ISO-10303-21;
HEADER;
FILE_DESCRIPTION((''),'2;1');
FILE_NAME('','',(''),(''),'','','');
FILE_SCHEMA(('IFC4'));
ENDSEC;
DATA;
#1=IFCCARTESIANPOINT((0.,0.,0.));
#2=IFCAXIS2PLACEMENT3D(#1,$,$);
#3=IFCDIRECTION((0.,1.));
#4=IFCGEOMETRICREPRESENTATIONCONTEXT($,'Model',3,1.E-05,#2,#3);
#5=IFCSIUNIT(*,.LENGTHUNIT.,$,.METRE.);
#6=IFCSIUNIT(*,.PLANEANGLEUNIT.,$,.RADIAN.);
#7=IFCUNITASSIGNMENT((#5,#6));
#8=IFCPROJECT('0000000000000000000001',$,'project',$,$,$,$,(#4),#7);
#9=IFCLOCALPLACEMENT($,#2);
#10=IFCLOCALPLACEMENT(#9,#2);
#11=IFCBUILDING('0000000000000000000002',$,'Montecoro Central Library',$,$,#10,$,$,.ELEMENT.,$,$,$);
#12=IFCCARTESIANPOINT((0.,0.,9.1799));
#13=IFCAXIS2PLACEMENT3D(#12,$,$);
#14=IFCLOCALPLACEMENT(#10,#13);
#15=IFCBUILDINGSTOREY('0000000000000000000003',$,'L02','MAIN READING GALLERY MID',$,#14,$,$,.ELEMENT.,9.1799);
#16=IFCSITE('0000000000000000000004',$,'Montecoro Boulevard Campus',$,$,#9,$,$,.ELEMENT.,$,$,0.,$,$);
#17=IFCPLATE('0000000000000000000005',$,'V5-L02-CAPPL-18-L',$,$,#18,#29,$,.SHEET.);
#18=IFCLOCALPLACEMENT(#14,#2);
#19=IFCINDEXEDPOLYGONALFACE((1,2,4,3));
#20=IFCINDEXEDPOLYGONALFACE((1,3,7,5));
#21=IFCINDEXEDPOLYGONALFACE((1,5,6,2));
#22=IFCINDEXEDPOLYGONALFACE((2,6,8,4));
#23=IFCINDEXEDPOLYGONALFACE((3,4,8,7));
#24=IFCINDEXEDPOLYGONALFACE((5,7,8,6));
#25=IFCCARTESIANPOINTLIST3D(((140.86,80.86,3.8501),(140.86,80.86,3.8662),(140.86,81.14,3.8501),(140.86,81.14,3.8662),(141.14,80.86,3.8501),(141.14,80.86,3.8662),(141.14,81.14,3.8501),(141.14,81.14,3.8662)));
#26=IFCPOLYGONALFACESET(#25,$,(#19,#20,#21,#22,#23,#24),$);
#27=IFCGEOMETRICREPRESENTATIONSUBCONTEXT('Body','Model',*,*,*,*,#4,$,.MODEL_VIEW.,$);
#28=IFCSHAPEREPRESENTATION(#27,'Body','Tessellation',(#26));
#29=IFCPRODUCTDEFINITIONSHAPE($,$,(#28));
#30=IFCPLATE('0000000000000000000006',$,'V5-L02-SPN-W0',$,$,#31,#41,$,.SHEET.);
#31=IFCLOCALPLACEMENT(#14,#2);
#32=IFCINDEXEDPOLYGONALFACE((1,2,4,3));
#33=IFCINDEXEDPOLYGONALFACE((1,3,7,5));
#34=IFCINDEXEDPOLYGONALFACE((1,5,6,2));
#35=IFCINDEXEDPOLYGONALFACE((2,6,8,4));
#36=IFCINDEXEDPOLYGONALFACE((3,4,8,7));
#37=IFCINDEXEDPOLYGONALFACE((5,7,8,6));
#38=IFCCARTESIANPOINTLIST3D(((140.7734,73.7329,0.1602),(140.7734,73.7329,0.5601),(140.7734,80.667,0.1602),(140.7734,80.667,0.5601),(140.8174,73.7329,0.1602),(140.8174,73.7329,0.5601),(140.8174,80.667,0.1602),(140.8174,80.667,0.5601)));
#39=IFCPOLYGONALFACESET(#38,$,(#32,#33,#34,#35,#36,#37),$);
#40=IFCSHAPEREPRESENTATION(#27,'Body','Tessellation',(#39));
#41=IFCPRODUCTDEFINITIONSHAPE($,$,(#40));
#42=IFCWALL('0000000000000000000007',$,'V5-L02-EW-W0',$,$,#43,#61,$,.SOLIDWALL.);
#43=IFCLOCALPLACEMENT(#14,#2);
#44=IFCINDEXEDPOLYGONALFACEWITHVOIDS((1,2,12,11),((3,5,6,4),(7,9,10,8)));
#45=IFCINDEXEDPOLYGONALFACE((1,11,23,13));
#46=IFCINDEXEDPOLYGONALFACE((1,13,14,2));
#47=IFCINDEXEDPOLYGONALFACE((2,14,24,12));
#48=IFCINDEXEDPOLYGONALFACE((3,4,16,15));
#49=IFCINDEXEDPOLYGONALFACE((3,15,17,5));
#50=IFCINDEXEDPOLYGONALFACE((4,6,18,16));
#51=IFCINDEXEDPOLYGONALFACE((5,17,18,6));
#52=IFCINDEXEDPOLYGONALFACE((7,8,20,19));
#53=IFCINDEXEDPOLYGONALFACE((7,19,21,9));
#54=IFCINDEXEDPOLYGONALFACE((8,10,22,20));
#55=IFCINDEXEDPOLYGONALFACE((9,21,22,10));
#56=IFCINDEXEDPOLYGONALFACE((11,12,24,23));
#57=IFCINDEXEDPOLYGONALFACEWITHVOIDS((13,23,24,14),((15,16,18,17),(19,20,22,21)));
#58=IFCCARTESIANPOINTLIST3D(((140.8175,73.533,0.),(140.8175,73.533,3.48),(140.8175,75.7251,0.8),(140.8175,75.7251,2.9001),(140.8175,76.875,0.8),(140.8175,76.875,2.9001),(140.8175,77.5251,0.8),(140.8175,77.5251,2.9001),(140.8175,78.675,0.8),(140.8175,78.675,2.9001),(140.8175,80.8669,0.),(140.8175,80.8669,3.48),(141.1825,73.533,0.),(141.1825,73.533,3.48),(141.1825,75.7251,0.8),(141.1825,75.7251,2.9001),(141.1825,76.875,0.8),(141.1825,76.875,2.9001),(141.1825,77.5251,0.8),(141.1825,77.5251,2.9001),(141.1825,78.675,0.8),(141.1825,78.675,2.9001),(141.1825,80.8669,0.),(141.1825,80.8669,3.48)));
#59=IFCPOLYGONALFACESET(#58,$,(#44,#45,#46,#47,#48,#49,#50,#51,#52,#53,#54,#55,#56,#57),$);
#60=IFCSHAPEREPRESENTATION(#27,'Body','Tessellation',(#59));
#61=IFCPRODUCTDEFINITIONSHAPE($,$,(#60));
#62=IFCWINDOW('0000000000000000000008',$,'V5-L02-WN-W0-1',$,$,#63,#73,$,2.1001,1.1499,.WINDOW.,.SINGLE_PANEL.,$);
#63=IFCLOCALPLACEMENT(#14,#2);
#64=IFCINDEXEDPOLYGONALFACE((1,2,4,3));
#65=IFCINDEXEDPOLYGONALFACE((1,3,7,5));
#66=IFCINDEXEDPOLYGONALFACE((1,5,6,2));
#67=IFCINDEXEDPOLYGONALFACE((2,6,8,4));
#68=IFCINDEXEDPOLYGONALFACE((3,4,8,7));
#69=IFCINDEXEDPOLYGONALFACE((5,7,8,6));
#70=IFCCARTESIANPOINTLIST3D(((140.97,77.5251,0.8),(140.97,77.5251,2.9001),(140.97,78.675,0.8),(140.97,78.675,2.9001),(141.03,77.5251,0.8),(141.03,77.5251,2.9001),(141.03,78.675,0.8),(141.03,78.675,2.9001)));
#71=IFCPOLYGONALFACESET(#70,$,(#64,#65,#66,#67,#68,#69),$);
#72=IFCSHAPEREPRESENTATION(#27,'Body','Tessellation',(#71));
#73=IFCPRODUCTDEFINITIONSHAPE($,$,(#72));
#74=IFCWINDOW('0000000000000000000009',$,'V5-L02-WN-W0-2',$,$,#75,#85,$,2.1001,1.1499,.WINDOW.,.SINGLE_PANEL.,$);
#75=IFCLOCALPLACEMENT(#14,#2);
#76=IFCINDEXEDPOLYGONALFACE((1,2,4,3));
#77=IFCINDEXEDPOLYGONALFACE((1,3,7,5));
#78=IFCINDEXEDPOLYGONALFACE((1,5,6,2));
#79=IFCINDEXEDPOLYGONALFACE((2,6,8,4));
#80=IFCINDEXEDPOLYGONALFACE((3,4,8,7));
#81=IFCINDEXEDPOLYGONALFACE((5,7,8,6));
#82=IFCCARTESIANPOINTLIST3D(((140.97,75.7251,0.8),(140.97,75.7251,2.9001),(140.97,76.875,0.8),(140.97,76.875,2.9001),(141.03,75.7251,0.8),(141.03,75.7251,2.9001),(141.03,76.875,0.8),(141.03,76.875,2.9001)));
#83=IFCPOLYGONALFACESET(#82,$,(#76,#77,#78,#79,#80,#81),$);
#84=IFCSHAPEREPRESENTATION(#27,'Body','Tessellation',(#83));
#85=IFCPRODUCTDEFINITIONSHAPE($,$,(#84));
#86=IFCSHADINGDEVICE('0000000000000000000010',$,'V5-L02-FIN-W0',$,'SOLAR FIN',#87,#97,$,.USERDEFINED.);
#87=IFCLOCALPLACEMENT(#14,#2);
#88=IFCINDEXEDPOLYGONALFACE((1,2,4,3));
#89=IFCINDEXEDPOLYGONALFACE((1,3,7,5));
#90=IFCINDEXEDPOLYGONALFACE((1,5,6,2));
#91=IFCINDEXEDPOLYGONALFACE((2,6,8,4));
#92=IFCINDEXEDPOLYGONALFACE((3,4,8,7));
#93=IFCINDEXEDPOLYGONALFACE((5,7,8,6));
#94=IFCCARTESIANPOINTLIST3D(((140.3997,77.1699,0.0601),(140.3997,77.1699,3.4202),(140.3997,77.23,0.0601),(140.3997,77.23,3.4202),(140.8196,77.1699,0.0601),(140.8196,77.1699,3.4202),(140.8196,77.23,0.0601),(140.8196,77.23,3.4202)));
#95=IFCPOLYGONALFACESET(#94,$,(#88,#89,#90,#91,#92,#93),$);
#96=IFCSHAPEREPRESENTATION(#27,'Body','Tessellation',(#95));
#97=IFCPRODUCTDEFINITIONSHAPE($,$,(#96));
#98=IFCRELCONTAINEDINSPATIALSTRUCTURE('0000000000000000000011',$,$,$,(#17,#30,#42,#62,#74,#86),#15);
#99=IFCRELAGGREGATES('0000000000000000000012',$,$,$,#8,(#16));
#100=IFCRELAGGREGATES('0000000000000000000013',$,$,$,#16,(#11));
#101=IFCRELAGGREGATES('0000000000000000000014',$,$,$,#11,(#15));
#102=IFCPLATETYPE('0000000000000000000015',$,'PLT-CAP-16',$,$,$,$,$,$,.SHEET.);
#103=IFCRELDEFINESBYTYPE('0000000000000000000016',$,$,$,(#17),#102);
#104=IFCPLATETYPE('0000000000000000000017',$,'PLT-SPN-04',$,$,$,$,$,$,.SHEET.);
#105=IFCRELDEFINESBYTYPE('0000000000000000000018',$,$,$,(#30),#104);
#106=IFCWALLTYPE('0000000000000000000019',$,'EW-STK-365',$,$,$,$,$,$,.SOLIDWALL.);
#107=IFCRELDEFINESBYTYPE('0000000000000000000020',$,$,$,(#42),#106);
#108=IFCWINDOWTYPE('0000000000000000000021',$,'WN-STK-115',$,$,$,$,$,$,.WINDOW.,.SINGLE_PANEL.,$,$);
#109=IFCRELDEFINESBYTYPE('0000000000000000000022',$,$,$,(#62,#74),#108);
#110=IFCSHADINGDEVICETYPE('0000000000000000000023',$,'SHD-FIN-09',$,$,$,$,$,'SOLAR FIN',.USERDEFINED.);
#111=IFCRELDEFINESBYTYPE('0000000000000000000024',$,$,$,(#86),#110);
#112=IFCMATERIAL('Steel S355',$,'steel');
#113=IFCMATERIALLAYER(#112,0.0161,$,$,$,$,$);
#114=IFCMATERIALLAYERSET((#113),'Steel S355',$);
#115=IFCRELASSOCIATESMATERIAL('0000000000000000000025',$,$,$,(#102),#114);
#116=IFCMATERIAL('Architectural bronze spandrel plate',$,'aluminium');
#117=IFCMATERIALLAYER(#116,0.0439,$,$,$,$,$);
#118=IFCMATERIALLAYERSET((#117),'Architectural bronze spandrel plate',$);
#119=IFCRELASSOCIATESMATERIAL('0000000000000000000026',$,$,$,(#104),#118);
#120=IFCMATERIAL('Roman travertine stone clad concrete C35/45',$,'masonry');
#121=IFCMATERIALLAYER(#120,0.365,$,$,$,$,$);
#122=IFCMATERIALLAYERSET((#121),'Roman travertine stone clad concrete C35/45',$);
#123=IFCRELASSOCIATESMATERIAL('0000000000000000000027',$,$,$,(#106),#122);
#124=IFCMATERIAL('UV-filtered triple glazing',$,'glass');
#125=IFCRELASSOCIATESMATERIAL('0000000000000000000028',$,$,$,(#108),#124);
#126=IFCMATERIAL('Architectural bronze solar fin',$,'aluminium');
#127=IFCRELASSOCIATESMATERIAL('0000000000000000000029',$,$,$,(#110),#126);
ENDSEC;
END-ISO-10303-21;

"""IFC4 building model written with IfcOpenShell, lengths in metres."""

from ifc_helpers import new_model, si_unit, direction, frame, frame_2d, origin, origin_2d, place, context, subcontext, project, spatial, rectangle, extrude, material, layer, layer_set, type_object, element, fill, save


model = new_model("IFC4")

# Units and contexts
model_context = context("Model", 3, precision=1e-05, world=origin(), true_north=direction((0.0, 1.0)))
body_context = subcontext(model_context, "Body", "Model", "MODEL_VIEW")
ifc_project = project(units=[si_unit("LENGTHUNIT", "METRE"), si_unit("PLANEANGLEUNIT", "RADIAN")], contexts=[model_context])

# Site, building, storey
site_placement = place(None, origin())
site = spatial("IfcSite", under=ifc_project, at=site_placement, Name="Montecoro Boulevard Campus", CompositionType="ELEMENT", RefElevation=0.0)
building_placement = place(site_placement, origin())
building = spatial("IfcBuilding", under=site, at=building_placement, Name="Montecoro Central Library", CompositionType="ELEMENT")
storey_placement = place(building_placement, frame((0.0, 0.0, 9.1799)))
storey = spatial("IfcBuildingStorey", under=building, at=storey_placement, Name="L02", Description="MAIN READING GALLERY MID", CompositionType="ELEMENT", Elevation=9.1799)

# Shared definitions
ifc_material_1 = material(Name="Steel S355", Category="steel")

# Plates
ifc_layer_1 = layer(ifc_material_1, 0.0161)
ifc_layer_set_1 = layer_set([ifc_layer_1], Name="Steel S355")
plate_type_1 = type_object("IfcPlateType", Name="PLT-CAP-16", PredefinedType="SHEET", material=ifc_layer_set_1)
for number, where, z_axis, x_axis, name in (
    (1, (141.0, 81.0, 3.8501), (0.0, 0.0, 1.0), (1.0, 0.0, 0.0), "V5-L02-CAPPL-18-L"),
):
    element("IfcPlate", number, at=place(storey_placement, frame(where, z_axis=z_axis, x_axis=x_axis)), inside=storey, type_object=plate_type_1, Name=name, PredefinedType="SHEET", context=body_context, shape_type="SweptSolid", body=[
        extrude(rectangle(XDim=0.28, YDim=0.28, at=origin_2d()), origin(), (0.0, 0.0, 1.0), 0.0161),
    ])
ifc_material_2 = material(Name="Architectural bronze spandrel plate", Category="aluminium")
ifc_layer_2 = layer(ifc_material_2, 0.0439)
ifc_layer_set_2 = layer_set([ifc_layer_2], Name="Architectural bronze spandrel plate")
plate_type_2 = type_object("IfcPlateType", Name="PLT-SPN-04", PredefinedType="SHEET", material=ifc_layer_set_2)
plate_1_placement = place(storey_placement, frame((140.7954, 77.2, 0.1602), z_axis=(0.0, 0.0, 1.0), x_axis=(0.0, -1.0, 0.0)))
element("IfcPlate", 2, at=plate_1_placement, inside=storey, type_object=plate_type_2, Name="V5-L02-SPN-W0", PredefinedType="SHEET", context=body_context, shape_type="SweptSolid", body=[
    extrude(rectangle(XDim=6.9341, YDim=0.0439, at=origin_2d()), origin(), (0.0, 0.0, 1.0), 0.3999),
])

# Wall, openings, windows
ifc_material_3 = material(Name="Roman travertine stone clad concrete C35/45", Category="masonry")
ifc_layer_3 = layer(ifc_material_3, 0.365)
ifc_layer_set_3 = layer_set([ifc_layer_3], Name="Roman travertine stone clad concrete C35/45")
wall_type = type_object("IfcWallType", Name="EW-STK-365", PredefinedType="SOLIDWALL", material=ifc_layer_set_3)
wall_placement = place(storey_placement, frame((141.0, 80.8669, 0.0), z_axis=(0.0, 0.0, 1.0), x_axis=(0.0, -1.0, 0.0)))
wall = element("IfcWall", 3, at=wall_placement, inside=storey, type_object=wall_type, Name="V5-L02-EW-W0", PredefinedType="SOLIDWALL", context=body_context, shape_type="SweptSolid", body=[
    extrude(rectangle(XDim=7.334, YDim=0.365, at=frame_2d((3.667, 0.0))), origin(), (0.0, 0.0, 1.0), 3.48),
])
opening_1_placement = place(wall_placement, frame((2.1919, 0.0, 0.8)))
opening_1 = element("IfcOpeningElement", 4, at=opening_1_placement, cuts=wall, PredefinedType="OPENING", context=body_context, shape_type="SweptSolid", body=[
    extrude(rectangle(XDim=1.1499, YDim=2.1001, at=frame_2d((0.575, 1.05))), frame((0.0, 0.1924, 0.0), z_axis=(0.0, -1.0, 0.0), x_axis=(1.0, 0.0, 0.0)), (0.0, 0.0, 1.0), 0.385),
])
opening_2_placement = place(wall_placement, frame((3.9919, 0.0, 0.8)))
opening_2 = element("IfcOpeningElement", 5, at=opening_2_placement, cuts=wall, PredefinedType="OPENING", context=body_context, shape_type="SweptSolid", body=[
    extrude(rectangle(XDim=1.1499, YDim=2.1001, at=frame_2d((0.575, 1.05))), frame((0.0, 0.1924, 0.0), z_axis=(0.0, -1.0, 0.0), x_axis=(1.0, 0.0, 0.0)), (0.0, 0.0, 1.0), 0.385),
])
ifc_material_4 = material(Name="UV-filtered triple glazing", Category="glass")
window_type = type_object("IfcWindowType", Name="WN-STK-115", PartitioningType="SINGLE_PANEL", PredefinedType="WINDOW", material=ifc_material_4)
window_1_placement = place(opening_1_placement, origin())
window_1 = element("IfcWindow", 6, at=window_1_placement, inside=storey, type_object=window_type, Name="V5-L02-WN-W0-1", OverallHeight=2.1001, OverallWidth=1.1499, PartitioningType="SINGLE_PANEL", PredefinedType="WINDOW", context=body_context, shape_type="SweptSolid", body=[
    extrude(rectangle(XDim=1.1499, YDim=2.1001, at=frame_2d((0.575, 1.05))), frame((0.0, 0.03, 0.0), z_axis=(0.0, -1.0, 0.0), x_axis=(1.0, 0.0, 0.0)), (0.0, 0.0, 1.0), 0.0601),
])
fill(opening_1, window_1)
window_2_placement = place(opening_2_placement, origin())
window_2 = element("IfcWindow", 7, at=window_2_placement, inside=storey, type_object=window_type, Name="V5-L02-WN-W0-2", OverallHeight=2.1001, OverallWidth=1.1499, PartitioningType="SINGLE_PANEL", PredefinedType="WINDOW", context=body_context, shape_type="SweptSolid", body=[
    extrude(rectangle(XDim=1.1499, YDim=2.1001, at=frame_2d((0.575, 1.05))), frame((0.0, 0.03, 0.0), z_axis=(0.0, -1.0, 0.0), x_axis=(1.0, 0.0, 0.0)), (0.0, 0.0, 1.0), 0.0601),
])
fill(opening_2, window_2)

# Shading device
ifc_material_5 = material(Name="Architectural bronze solar fin", Category="aluminium")
shading_device_type = type_object("IfcShadingDeviceType", Name="SHD-FIN-09", ElementType="SOLAR FIN", PredefinedType="USERDEFINED", material=ifc_material_5)
shading_device_placement = place(storey_placement, frame((140.6096, 77.2, 0.0601), z_axis=(0.0, 0.0, 1.0), x_axis=(0.0, -1.0, 0.0)))
element("IfcShadingDevice", 8, at=shading_device_placement, inside=storey, type_object=shading_device_type, Name="V5-L02-FIN-W0", ObjectType="SOLAR FIN", PredefinedType="USERDEFINED", context=body_context, shape_type="SweptSolid", body=[
    extrude(rectangle(XDim=0.0601, YDim=0.4199, at=origin_2d()), origin(), (0.0, 0.0, 1.0), 3.3601),
])

save(model, "model.ifc")
